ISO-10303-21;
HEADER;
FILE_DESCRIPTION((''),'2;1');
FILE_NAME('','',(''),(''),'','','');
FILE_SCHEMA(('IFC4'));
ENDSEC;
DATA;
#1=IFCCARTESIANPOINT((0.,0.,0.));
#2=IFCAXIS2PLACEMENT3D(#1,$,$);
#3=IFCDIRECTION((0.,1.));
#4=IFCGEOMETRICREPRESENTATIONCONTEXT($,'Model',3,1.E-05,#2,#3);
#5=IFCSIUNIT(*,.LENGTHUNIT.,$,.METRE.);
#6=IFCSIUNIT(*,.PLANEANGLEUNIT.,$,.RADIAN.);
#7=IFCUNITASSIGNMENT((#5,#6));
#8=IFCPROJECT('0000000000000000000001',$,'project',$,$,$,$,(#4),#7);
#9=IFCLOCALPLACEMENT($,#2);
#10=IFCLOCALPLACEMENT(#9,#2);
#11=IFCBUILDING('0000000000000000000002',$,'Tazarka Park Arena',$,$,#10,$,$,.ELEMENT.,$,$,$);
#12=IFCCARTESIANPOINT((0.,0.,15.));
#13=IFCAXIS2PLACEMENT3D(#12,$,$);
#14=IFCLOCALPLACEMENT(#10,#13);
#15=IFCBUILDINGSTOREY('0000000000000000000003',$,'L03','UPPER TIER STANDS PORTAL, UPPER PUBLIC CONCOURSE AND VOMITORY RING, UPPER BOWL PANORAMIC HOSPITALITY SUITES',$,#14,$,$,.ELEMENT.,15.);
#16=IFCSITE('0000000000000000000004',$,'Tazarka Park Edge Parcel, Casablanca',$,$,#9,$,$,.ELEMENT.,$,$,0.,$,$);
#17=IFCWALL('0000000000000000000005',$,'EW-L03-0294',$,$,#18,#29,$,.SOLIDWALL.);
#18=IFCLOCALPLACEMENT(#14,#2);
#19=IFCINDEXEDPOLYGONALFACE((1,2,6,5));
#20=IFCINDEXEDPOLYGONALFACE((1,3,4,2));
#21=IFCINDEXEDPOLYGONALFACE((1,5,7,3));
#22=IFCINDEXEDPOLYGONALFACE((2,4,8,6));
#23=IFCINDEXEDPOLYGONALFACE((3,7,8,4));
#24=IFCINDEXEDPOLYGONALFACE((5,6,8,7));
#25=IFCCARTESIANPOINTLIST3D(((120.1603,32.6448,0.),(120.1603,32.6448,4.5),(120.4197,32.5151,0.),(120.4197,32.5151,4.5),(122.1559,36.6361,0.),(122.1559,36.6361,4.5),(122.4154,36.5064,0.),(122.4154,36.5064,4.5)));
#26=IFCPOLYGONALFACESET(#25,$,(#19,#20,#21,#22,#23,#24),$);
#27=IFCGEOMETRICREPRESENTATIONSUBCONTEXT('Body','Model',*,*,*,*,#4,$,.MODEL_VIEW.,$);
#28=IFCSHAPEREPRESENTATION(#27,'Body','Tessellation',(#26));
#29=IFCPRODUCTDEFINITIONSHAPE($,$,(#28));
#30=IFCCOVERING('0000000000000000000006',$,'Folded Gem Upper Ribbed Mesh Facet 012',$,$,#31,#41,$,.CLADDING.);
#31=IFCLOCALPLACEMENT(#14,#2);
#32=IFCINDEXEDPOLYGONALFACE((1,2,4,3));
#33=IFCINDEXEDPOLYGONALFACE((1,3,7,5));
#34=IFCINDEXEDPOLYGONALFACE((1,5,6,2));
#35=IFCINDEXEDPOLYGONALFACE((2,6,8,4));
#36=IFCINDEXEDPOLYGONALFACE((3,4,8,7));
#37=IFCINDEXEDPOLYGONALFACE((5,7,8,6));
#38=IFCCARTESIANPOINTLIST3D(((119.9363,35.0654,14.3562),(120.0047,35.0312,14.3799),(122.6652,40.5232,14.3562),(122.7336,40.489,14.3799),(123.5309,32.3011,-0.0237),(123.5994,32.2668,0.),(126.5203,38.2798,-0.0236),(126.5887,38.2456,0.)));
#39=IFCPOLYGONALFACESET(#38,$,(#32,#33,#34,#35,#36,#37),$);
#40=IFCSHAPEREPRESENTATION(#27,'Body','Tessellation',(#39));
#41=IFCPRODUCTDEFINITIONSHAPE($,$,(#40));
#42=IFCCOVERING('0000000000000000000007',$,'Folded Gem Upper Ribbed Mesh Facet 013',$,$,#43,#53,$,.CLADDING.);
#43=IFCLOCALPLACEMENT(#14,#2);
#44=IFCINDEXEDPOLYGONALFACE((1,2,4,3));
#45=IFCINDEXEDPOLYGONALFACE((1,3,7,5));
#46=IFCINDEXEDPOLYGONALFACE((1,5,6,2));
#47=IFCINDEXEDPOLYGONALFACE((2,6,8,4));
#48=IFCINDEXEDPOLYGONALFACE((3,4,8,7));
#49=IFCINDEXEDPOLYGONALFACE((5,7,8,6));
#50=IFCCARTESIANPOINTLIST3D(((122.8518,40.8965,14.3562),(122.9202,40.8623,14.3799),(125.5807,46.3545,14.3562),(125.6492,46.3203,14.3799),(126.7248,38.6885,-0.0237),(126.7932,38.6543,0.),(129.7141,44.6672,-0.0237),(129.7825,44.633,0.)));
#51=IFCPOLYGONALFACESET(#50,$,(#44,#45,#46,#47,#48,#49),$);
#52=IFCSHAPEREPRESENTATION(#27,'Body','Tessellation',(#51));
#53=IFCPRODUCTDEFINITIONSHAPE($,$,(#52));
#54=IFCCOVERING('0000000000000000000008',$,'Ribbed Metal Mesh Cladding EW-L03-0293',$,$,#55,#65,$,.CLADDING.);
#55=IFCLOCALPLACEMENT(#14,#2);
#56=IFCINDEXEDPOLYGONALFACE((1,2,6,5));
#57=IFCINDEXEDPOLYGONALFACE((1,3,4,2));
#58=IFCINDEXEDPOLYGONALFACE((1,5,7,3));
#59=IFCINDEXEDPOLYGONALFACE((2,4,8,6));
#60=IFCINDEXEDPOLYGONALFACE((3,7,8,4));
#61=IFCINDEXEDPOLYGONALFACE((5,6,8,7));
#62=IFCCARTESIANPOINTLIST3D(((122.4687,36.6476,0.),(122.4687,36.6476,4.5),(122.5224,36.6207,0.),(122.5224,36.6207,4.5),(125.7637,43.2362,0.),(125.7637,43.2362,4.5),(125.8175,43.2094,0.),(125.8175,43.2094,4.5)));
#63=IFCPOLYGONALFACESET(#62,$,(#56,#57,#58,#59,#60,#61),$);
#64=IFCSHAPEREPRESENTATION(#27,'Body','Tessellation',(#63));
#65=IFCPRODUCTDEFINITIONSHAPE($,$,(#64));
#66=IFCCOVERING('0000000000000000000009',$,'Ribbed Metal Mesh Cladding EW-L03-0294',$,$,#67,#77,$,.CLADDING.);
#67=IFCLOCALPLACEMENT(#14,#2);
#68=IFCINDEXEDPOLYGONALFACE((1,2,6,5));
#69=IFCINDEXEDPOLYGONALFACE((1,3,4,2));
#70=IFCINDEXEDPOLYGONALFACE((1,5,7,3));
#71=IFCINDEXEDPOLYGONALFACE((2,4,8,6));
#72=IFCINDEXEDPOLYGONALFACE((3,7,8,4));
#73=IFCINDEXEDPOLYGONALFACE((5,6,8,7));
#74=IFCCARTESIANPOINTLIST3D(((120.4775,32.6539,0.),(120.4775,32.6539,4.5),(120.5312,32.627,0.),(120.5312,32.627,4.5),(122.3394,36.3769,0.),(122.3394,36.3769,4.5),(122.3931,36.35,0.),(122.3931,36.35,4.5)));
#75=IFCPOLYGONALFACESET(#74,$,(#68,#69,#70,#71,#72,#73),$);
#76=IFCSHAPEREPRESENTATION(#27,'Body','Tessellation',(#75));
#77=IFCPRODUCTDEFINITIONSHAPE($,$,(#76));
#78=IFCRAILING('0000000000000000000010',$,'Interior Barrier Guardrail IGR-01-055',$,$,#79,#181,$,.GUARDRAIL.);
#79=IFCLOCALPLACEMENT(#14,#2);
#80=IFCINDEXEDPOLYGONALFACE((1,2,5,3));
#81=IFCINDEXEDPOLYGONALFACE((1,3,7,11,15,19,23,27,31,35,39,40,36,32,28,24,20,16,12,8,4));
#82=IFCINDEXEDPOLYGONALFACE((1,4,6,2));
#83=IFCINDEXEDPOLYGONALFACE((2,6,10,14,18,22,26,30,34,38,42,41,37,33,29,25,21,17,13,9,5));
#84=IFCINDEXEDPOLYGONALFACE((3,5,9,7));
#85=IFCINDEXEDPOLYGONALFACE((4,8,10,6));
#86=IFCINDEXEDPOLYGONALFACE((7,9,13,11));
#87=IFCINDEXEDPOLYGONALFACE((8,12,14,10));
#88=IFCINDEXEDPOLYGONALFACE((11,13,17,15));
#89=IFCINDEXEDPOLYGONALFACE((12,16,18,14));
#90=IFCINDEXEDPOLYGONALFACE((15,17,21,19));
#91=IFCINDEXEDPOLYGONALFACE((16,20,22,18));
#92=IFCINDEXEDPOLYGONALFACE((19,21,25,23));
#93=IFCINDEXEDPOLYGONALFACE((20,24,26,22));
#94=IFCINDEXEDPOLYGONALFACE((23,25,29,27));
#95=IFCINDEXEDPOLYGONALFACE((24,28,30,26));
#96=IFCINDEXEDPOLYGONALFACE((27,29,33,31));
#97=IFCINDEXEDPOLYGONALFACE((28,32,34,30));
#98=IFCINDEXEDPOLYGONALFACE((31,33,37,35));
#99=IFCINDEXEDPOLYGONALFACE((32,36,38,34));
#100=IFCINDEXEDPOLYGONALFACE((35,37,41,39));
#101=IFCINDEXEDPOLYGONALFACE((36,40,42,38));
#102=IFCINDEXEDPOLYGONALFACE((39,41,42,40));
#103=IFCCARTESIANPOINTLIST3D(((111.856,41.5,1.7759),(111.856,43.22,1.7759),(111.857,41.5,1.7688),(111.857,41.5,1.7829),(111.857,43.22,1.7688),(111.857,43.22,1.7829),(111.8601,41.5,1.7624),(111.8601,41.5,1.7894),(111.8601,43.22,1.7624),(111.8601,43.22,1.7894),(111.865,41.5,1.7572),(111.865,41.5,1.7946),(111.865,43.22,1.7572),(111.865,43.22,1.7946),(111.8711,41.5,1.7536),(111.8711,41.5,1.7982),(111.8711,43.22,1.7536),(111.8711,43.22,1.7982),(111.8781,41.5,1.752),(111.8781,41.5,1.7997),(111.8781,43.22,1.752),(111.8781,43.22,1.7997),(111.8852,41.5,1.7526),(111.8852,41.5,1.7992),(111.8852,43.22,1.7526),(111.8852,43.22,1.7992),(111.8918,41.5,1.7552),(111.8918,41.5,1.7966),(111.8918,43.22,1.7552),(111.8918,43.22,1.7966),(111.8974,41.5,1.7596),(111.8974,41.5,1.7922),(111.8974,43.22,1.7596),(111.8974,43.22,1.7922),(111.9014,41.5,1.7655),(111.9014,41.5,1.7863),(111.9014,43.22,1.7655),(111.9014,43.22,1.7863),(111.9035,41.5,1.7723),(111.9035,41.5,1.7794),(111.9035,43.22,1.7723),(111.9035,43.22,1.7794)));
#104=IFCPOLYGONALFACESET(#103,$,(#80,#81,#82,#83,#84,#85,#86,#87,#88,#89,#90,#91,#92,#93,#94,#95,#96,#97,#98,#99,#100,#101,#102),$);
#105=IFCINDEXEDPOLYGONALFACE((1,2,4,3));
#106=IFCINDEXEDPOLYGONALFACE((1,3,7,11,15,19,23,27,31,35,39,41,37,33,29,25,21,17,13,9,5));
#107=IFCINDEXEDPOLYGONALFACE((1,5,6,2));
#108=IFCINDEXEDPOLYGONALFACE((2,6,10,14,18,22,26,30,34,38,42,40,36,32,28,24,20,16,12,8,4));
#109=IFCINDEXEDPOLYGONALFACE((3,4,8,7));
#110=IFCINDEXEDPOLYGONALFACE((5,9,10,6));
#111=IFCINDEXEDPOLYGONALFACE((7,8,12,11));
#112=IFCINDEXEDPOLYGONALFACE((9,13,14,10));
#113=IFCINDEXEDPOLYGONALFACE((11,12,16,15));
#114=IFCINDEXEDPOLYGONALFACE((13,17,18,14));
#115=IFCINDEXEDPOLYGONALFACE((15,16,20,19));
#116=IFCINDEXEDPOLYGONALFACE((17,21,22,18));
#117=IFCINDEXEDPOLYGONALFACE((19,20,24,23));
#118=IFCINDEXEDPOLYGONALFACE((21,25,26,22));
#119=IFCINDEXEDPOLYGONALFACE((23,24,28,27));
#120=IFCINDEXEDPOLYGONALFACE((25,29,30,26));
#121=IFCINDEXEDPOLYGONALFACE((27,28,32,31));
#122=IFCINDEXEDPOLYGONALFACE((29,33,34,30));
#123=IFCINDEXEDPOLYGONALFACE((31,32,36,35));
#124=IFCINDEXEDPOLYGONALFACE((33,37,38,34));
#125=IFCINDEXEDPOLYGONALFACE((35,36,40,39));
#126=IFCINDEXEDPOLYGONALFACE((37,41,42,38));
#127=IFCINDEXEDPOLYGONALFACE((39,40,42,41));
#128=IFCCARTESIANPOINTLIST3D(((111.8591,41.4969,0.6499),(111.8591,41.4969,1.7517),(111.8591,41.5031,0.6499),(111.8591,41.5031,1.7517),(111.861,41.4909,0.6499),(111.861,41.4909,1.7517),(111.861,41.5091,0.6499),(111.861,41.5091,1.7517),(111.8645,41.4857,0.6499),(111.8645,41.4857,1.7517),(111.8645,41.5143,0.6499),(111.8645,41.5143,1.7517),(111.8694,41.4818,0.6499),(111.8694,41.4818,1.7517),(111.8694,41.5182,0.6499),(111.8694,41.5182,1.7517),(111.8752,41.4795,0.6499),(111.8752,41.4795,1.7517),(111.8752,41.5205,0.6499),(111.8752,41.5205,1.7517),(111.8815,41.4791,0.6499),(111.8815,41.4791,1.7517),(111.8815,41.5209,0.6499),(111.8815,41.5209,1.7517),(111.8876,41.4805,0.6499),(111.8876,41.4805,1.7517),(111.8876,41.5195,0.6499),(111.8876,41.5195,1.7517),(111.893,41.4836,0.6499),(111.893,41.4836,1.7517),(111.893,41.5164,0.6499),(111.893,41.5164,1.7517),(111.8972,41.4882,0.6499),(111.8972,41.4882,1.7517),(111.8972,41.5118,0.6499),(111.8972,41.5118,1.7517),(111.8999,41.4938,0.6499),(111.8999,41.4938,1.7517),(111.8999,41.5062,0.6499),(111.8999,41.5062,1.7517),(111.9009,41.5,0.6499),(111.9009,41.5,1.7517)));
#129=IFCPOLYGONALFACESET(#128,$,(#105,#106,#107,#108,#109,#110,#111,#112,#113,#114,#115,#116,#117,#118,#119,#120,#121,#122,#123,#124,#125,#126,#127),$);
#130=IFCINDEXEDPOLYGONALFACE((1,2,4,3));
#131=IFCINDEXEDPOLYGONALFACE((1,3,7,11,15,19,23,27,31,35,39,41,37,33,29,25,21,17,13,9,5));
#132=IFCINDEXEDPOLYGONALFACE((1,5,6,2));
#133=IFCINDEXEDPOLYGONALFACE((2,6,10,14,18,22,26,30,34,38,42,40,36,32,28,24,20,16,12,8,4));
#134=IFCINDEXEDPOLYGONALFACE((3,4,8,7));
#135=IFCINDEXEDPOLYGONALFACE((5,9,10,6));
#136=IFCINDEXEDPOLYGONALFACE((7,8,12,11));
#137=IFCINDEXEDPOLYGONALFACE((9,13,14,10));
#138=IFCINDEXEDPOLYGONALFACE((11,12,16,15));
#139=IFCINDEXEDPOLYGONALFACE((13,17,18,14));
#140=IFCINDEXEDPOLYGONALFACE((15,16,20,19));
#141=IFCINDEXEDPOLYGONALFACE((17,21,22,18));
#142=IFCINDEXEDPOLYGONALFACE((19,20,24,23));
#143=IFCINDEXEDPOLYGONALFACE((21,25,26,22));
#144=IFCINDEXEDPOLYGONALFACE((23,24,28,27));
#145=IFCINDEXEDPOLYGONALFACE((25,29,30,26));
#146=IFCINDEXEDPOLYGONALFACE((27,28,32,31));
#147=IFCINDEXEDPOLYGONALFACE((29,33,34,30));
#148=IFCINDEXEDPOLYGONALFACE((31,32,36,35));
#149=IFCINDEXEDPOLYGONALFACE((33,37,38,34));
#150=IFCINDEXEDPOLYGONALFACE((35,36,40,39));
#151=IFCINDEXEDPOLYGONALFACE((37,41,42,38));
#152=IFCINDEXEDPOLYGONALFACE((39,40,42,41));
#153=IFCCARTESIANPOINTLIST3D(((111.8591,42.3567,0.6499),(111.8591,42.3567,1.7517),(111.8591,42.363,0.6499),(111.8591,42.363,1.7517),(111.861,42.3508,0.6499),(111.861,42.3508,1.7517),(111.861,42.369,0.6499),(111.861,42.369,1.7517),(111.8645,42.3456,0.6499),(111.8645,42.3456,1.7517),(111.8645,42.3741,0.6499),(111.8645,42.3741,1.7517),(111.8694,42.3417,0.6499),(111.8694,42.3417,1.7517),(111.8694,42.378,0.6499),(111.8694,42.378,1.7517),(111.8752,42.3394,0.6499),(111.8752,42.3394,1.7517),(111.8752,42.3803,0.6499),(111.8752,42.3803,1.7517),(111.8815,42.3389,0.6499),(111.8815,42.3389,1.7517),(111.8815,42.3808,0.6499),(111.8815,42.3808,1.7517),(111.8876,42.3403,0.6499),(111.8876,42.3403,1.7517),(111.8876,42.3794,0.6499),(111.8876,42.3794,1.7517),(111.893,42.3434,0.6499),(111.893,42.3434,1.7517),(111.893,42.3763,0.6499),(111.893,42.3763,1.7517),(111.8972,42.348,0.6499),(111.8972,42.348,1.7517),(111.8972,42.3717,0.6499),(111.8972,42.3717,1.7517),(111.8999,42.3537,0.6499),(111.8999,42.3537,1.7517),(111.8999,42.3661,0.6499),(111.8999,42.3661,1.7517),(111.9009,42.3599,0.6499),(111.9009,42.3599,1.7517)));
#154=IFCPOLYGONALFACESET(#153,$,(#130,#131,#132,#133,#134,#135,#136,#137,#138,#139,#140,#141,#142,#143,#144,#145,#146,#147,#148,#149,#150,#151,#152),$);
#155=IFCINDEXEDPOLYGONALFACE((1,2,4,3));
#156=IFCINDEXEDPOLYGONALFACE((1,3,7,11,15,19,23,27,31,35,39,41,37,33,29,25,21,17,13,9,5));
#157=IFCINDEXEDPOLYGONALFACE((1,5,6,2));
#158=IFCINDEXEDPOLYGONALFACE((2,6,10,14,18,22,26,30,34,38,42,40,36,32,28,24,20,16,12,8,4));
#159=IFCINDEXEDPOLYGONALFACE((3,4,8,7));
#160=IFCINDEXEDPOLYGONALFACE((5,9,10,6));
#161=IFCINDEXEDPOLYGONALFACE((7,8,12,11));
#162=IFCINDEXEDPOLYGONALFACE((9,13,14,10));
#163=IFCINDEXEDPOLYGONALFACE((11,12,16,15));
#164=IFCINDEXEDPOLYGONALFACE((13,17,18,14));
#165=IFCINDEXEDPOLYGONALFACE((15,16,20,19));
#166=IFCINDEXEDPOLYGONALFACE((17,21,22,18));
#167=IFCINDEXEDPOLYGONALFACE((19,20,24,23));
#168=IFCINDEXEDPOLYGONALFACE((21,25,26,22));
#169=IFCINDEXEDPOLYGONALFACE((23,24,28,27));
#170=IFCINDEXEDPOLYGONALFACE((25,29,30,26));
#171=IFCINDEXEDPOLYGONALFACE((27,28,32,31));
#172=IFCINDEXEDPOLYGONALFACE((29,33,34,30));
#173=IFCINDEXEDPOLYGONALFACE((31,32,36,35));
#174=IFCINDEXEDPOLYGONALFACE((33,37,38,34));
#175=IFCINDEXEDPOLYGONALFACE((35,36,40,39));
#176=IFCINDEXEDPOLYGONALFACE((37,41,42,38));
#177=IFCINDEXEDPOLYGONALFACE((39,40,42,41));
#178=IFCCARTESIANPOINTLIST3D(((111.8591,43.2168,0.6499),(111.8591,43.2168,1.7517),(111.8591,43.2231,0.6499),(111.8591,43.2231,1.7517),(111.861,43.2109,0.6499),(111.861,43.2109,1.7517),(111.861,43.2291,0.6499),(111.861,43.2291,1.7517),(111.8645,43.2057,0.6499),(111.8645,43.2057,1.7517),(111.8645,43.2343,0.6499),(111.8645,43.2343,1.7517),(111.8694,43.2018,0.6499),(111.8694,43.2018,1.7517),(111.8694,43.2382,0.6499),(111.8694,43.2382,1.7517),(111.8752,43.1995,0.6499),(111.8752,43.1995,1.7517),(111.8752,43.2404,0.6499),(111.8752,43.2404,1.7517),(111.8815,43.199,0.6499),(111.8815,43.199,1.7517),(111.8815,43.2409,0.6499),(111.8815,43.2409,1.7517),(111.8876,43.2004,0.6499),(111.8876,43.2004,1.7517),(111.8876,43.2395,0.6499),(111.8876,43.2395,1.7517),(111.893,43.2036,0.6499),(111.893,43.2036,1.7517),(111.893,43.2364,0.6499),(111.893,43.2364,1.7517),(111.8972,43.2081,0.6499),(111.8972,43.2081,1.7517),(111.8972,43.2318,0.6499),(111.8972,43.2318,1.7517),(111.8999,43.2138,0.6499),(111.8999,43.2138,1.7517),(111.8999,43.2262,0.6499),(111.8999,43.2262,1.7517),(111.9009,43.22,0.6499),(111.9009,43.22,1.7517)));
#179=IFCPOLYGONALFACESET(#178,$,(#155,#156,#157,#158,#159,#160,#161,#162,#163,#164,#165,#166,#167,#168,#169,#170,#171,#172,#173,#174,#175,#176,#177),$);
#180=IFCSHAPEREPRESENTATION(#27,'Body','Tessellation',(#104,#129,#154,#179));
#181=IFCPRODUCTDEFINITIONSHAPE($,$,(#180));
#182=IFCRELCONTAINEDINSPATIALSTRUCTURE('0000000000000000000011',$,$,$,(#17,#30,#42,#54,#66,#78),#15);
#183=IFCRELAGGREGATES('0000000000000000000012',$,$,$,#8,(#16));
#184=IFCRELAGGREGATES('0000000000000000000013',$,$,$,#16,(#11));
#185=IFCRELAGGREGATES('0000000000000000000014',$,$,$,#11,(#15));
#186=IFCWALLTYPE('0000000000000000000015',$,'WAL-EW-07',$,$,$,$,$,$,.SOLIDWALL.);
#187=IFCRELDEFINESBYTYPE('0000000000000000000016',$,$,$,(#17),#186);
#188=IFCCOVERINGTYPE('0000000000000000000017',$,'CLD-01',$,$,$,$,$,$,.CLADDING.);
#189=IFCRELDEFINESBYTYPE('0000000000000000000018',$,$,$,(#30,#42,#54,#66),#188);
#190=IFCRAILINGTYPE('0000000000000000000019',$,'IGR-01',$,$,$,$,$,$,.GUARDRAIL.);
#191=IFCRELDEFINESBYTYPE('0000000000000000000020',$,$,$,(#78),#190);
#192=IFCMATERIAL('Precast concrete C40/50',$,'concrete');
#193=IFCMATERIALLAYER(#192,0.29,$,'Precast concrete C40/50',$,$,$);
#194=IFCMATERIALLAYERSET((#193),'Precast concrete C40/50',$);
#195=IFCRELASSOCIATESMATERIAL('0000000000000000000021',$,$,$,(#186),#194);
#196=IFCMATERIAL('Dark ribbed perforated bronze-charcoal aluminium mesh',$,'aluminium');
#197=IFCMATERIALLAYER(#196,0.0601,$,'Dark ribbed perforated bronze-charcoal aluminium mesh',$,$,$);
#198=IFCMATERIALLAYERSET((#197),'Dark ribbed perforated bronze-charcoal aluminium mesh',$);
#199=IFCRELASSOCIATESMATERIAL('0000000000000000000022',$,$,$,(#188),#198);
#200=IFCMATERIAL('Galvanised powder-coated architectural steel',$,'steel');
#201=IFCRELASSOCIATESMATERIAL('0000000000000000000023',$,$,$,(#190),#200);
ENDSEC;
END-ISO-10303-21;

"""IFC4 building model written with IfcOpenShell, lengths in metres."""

from ifc_helpers import new_model, si_unit, direction, frame, frame_2d, origin, origin_2d, place, context, subcontext, project, spatial, polyline, rectangle, circle, outline, extrude, material, layer, layer_set, type_object, element, save


model = new_model("IFC4")

# Units and contexts
model_context = context("Model", 3, precision=1e-05, world=origin(), true_north=direction((0.0, 1.0)))
body_context = subcontext(model_context, "Body", "Model", "MODEL_VIEW")
ifc_project = project(units=[si_unit("LENGTHUNIT", "METRE"), si_unit("PLANEANGLEUNIT", "RADIAN")], contexts=[model_context])

# Site, building, storey
site_placement = place(None, origin())
site = spatial("IfcSite", under=ifc_project, at=site_placement, Name="Tazarka Park Edge Parcel, Casablanca", CompositionType="ELEMENT", RefElevation=0.0)
building_placement = place(site_placement, origin())
building = spatial("IfcBuilding", under=site, at=building_placement, Name="Tazarka Park Arena", CompositionType="ELEMENT")
storey_placement = place(building_placement, frame((0.0, 0.0, 15.0)))
storey = spatial("IfcBuildingStorey", under=building, at=storey_placement, Name="L03", Description="UPPER TIER STANDS PORTAL, UPPER PUBLIC CONCOURSE AND VOMITORY RING, UPPER BOWL PANORAMIC HOSPITALITY SUITES", CompositionType="ELEMENT", Elevation=15.0)

# Wall
ifc_material_1 = material(Name="Precast concrete C40/50", Category="concrete")
ifc_layer_1 = layer(ifc_material_1, 0.29, Name="Precast concrete C40/50")
ifc_layer_set_1 = layer_set([ifc_layer_1], Name="Precast concrete C40/50")
wall_type_1 = type_object("IfcWallType", Name="WAL-EW-07", PredefinedType="SOLIDWALL", material=ifc_layer_set_1)
wall_1_placement = place(storey_placement, frame((122.2856, 36.5713, 0.0), z_axis=(0.0, 0.0, 1.0), x_axis=(-0.447214, -0.894427, 0.0)))
element("IfcWall", 1, at=wall_1_placement, inside=storey, type_object=wall_type_1, Name="EW-L03-0294", PredefinedType="SOLIDWALL", context=body_context, shape_type="SweptSolid", body=[
    extrude(rectangle(XDim=4.4624, YDim=0.29, at=frame_2d((2.2312, 0.0))), origin(), (0.0, 0.0, 1.0), 4.5),
])

# Coverings
ifc_material_2 = material(Name="Dark ribbed perforated bronze-charcoal aluminium mesh", Category="aluminium")
ifc_layer_2 = layer(ifc_material_2, 0.0601, Name="Dark ribbed perforated bronze-charcoal aluminium mesh")
ifc_layer_set_2 = layer_set([ifc_layer_2], Name="Dark ribbed perforated bronze-charcoal aluminium mesh")
covering_type = type_object("IfcCoveringType", Name="CLD-01", PredefinedType="CLADDING", material=ifc_layer_set_2)
covering_1_placement = place(storey_placement, frame((123.5994, 32.2668, 0.0), z_axis=(0.854426, -0.427213, 0.295713), x_axis=(0.447212, 0.894428, 0.000005)))
element("IfcCovering", 2, at=covering_1_placement, inside=storey, type_object=covering_type, Name="Folded Gem Upper Ribbed Mesh Facet 012", PredefinedType="CLADDING", context=body_context, shape_type="SweptSolid", body=[
    extrude(outline(polyline([(0.0, 0.0), (6.6844, 0.0), (6.967, 15.0531), (0.865, 15.0531), (0.0, 0.0)])), origin(), (0.0, 0.0, -1.0), 0.0801),
])
covering_2_placement = place(storey_placement, frame((126.7932, 38.6543, 0.0), z_axis=(0.854427, -0.427204, 0.295722), x_axis=(0.447205, 0.894431, 0.000002)))
element("IfcCovering", 3, at=covering_2_placement, inside=storey, type_object=covering_type, Name="Folded Gem Upper Ribbed Mesh Facet 013", PredefinedType="CLADDING", context=body_context, shape_type="SweptSolid", body=[
    extrude(outline(polyline([(0.0, 0.0), (6.6844, 0.0), (6.3451, 15.0531), (0.2429, 15.0532), (0.0, 0.0)])), origin(), (0.0, 0.0, -1.0), 0.0801),
])
covering_3_placement = place(storey_placement, frame((124.1431, 39.9285, 0.0), z_axis=(0.0, 0.0, 1.0), x_axis=(-0.447291, -0.894389, 0.0)))
element("IfcCovering", 4, at=covering_3_placement, inside=storey, type_object=covering_type, Name="Ribbed Metal Mesh Cladding EW-L03-0293", PredefinedType="CLADDING", context=body_context, shape_type="SweptSolid", body=[
    extrude(rectangle(XDim=7.3667, YDim=0.0601, at=origin_2d()), origin(), (0.0, 0.0, 1.0), 4.5),
])
covering_4_placement = place(storey_placement, frame((121.4353, 34.502, 0.0), z_axis=(0.0, 0.0, 1.0), x_axis=(-0.447291, -0.894389, 0.0)))
element("IfcCovering", 5, at=covering_4_placement, inside=storey, type_object=covering_type, Name="Ribbed Metal Mesh Cladding EW-L03-0294", PredefinedType="CLADDING", context=body_context, shape_type="SweptSolid", body=[
    extrude(rectangle(XDim=4.1626, YDim=0.0601, at=origin_2d()), origin(), (0.0, 0.0, 1.0), 4.5),
])

# Railing
ifc_material_3 = material(Name="Galvanised powder-coated architectural steel", Category="steel")
railing_type = type_object("IfcRailingType", Name="IGR-01", PredefinedType="GUARDRAIL", material=ifc_material_3)
for number, where, name in (
    (6, (111.8799, 41.5, 0.6499), "Interior Barrier Guardrail IGR-01-055"),
):
    element("IfcRailing", number, at=place(storey_placement, frame(where)), inside=storey, type_object=railing_type, Name=name, PredefinedType="GUARDRAIL", context=body_context, shape_type="SweptSolid", body=[
        extrude(circle(Radius=0.0239, at=origin_2d()), frame((0.0, 0.0, 1.126), z_axis=(0.0, 1.0, 0.0), x_axis=(-1.0, 0.0, 0.0)), (0.0, 0.0, 1.0), 1.72),
        extrude(circle(Radius=0.021, at=origin_2d()), origin(), (0.0, 0.0, 1.0), 1.1018),
        extrude(circle(Radius=0.021, at=origin_2d()), frame((0.0, 0.8599, 0.0)), (0.0, 0.0, 1.0), 1.1018),
        extrude(circle(Radius=0.021, at=origin_2d()), frame((0.0, 1.72, 0.0)), (0.0, 0.0, 1.0), 1.1018),
    ])

save(model, "model.ifc")
